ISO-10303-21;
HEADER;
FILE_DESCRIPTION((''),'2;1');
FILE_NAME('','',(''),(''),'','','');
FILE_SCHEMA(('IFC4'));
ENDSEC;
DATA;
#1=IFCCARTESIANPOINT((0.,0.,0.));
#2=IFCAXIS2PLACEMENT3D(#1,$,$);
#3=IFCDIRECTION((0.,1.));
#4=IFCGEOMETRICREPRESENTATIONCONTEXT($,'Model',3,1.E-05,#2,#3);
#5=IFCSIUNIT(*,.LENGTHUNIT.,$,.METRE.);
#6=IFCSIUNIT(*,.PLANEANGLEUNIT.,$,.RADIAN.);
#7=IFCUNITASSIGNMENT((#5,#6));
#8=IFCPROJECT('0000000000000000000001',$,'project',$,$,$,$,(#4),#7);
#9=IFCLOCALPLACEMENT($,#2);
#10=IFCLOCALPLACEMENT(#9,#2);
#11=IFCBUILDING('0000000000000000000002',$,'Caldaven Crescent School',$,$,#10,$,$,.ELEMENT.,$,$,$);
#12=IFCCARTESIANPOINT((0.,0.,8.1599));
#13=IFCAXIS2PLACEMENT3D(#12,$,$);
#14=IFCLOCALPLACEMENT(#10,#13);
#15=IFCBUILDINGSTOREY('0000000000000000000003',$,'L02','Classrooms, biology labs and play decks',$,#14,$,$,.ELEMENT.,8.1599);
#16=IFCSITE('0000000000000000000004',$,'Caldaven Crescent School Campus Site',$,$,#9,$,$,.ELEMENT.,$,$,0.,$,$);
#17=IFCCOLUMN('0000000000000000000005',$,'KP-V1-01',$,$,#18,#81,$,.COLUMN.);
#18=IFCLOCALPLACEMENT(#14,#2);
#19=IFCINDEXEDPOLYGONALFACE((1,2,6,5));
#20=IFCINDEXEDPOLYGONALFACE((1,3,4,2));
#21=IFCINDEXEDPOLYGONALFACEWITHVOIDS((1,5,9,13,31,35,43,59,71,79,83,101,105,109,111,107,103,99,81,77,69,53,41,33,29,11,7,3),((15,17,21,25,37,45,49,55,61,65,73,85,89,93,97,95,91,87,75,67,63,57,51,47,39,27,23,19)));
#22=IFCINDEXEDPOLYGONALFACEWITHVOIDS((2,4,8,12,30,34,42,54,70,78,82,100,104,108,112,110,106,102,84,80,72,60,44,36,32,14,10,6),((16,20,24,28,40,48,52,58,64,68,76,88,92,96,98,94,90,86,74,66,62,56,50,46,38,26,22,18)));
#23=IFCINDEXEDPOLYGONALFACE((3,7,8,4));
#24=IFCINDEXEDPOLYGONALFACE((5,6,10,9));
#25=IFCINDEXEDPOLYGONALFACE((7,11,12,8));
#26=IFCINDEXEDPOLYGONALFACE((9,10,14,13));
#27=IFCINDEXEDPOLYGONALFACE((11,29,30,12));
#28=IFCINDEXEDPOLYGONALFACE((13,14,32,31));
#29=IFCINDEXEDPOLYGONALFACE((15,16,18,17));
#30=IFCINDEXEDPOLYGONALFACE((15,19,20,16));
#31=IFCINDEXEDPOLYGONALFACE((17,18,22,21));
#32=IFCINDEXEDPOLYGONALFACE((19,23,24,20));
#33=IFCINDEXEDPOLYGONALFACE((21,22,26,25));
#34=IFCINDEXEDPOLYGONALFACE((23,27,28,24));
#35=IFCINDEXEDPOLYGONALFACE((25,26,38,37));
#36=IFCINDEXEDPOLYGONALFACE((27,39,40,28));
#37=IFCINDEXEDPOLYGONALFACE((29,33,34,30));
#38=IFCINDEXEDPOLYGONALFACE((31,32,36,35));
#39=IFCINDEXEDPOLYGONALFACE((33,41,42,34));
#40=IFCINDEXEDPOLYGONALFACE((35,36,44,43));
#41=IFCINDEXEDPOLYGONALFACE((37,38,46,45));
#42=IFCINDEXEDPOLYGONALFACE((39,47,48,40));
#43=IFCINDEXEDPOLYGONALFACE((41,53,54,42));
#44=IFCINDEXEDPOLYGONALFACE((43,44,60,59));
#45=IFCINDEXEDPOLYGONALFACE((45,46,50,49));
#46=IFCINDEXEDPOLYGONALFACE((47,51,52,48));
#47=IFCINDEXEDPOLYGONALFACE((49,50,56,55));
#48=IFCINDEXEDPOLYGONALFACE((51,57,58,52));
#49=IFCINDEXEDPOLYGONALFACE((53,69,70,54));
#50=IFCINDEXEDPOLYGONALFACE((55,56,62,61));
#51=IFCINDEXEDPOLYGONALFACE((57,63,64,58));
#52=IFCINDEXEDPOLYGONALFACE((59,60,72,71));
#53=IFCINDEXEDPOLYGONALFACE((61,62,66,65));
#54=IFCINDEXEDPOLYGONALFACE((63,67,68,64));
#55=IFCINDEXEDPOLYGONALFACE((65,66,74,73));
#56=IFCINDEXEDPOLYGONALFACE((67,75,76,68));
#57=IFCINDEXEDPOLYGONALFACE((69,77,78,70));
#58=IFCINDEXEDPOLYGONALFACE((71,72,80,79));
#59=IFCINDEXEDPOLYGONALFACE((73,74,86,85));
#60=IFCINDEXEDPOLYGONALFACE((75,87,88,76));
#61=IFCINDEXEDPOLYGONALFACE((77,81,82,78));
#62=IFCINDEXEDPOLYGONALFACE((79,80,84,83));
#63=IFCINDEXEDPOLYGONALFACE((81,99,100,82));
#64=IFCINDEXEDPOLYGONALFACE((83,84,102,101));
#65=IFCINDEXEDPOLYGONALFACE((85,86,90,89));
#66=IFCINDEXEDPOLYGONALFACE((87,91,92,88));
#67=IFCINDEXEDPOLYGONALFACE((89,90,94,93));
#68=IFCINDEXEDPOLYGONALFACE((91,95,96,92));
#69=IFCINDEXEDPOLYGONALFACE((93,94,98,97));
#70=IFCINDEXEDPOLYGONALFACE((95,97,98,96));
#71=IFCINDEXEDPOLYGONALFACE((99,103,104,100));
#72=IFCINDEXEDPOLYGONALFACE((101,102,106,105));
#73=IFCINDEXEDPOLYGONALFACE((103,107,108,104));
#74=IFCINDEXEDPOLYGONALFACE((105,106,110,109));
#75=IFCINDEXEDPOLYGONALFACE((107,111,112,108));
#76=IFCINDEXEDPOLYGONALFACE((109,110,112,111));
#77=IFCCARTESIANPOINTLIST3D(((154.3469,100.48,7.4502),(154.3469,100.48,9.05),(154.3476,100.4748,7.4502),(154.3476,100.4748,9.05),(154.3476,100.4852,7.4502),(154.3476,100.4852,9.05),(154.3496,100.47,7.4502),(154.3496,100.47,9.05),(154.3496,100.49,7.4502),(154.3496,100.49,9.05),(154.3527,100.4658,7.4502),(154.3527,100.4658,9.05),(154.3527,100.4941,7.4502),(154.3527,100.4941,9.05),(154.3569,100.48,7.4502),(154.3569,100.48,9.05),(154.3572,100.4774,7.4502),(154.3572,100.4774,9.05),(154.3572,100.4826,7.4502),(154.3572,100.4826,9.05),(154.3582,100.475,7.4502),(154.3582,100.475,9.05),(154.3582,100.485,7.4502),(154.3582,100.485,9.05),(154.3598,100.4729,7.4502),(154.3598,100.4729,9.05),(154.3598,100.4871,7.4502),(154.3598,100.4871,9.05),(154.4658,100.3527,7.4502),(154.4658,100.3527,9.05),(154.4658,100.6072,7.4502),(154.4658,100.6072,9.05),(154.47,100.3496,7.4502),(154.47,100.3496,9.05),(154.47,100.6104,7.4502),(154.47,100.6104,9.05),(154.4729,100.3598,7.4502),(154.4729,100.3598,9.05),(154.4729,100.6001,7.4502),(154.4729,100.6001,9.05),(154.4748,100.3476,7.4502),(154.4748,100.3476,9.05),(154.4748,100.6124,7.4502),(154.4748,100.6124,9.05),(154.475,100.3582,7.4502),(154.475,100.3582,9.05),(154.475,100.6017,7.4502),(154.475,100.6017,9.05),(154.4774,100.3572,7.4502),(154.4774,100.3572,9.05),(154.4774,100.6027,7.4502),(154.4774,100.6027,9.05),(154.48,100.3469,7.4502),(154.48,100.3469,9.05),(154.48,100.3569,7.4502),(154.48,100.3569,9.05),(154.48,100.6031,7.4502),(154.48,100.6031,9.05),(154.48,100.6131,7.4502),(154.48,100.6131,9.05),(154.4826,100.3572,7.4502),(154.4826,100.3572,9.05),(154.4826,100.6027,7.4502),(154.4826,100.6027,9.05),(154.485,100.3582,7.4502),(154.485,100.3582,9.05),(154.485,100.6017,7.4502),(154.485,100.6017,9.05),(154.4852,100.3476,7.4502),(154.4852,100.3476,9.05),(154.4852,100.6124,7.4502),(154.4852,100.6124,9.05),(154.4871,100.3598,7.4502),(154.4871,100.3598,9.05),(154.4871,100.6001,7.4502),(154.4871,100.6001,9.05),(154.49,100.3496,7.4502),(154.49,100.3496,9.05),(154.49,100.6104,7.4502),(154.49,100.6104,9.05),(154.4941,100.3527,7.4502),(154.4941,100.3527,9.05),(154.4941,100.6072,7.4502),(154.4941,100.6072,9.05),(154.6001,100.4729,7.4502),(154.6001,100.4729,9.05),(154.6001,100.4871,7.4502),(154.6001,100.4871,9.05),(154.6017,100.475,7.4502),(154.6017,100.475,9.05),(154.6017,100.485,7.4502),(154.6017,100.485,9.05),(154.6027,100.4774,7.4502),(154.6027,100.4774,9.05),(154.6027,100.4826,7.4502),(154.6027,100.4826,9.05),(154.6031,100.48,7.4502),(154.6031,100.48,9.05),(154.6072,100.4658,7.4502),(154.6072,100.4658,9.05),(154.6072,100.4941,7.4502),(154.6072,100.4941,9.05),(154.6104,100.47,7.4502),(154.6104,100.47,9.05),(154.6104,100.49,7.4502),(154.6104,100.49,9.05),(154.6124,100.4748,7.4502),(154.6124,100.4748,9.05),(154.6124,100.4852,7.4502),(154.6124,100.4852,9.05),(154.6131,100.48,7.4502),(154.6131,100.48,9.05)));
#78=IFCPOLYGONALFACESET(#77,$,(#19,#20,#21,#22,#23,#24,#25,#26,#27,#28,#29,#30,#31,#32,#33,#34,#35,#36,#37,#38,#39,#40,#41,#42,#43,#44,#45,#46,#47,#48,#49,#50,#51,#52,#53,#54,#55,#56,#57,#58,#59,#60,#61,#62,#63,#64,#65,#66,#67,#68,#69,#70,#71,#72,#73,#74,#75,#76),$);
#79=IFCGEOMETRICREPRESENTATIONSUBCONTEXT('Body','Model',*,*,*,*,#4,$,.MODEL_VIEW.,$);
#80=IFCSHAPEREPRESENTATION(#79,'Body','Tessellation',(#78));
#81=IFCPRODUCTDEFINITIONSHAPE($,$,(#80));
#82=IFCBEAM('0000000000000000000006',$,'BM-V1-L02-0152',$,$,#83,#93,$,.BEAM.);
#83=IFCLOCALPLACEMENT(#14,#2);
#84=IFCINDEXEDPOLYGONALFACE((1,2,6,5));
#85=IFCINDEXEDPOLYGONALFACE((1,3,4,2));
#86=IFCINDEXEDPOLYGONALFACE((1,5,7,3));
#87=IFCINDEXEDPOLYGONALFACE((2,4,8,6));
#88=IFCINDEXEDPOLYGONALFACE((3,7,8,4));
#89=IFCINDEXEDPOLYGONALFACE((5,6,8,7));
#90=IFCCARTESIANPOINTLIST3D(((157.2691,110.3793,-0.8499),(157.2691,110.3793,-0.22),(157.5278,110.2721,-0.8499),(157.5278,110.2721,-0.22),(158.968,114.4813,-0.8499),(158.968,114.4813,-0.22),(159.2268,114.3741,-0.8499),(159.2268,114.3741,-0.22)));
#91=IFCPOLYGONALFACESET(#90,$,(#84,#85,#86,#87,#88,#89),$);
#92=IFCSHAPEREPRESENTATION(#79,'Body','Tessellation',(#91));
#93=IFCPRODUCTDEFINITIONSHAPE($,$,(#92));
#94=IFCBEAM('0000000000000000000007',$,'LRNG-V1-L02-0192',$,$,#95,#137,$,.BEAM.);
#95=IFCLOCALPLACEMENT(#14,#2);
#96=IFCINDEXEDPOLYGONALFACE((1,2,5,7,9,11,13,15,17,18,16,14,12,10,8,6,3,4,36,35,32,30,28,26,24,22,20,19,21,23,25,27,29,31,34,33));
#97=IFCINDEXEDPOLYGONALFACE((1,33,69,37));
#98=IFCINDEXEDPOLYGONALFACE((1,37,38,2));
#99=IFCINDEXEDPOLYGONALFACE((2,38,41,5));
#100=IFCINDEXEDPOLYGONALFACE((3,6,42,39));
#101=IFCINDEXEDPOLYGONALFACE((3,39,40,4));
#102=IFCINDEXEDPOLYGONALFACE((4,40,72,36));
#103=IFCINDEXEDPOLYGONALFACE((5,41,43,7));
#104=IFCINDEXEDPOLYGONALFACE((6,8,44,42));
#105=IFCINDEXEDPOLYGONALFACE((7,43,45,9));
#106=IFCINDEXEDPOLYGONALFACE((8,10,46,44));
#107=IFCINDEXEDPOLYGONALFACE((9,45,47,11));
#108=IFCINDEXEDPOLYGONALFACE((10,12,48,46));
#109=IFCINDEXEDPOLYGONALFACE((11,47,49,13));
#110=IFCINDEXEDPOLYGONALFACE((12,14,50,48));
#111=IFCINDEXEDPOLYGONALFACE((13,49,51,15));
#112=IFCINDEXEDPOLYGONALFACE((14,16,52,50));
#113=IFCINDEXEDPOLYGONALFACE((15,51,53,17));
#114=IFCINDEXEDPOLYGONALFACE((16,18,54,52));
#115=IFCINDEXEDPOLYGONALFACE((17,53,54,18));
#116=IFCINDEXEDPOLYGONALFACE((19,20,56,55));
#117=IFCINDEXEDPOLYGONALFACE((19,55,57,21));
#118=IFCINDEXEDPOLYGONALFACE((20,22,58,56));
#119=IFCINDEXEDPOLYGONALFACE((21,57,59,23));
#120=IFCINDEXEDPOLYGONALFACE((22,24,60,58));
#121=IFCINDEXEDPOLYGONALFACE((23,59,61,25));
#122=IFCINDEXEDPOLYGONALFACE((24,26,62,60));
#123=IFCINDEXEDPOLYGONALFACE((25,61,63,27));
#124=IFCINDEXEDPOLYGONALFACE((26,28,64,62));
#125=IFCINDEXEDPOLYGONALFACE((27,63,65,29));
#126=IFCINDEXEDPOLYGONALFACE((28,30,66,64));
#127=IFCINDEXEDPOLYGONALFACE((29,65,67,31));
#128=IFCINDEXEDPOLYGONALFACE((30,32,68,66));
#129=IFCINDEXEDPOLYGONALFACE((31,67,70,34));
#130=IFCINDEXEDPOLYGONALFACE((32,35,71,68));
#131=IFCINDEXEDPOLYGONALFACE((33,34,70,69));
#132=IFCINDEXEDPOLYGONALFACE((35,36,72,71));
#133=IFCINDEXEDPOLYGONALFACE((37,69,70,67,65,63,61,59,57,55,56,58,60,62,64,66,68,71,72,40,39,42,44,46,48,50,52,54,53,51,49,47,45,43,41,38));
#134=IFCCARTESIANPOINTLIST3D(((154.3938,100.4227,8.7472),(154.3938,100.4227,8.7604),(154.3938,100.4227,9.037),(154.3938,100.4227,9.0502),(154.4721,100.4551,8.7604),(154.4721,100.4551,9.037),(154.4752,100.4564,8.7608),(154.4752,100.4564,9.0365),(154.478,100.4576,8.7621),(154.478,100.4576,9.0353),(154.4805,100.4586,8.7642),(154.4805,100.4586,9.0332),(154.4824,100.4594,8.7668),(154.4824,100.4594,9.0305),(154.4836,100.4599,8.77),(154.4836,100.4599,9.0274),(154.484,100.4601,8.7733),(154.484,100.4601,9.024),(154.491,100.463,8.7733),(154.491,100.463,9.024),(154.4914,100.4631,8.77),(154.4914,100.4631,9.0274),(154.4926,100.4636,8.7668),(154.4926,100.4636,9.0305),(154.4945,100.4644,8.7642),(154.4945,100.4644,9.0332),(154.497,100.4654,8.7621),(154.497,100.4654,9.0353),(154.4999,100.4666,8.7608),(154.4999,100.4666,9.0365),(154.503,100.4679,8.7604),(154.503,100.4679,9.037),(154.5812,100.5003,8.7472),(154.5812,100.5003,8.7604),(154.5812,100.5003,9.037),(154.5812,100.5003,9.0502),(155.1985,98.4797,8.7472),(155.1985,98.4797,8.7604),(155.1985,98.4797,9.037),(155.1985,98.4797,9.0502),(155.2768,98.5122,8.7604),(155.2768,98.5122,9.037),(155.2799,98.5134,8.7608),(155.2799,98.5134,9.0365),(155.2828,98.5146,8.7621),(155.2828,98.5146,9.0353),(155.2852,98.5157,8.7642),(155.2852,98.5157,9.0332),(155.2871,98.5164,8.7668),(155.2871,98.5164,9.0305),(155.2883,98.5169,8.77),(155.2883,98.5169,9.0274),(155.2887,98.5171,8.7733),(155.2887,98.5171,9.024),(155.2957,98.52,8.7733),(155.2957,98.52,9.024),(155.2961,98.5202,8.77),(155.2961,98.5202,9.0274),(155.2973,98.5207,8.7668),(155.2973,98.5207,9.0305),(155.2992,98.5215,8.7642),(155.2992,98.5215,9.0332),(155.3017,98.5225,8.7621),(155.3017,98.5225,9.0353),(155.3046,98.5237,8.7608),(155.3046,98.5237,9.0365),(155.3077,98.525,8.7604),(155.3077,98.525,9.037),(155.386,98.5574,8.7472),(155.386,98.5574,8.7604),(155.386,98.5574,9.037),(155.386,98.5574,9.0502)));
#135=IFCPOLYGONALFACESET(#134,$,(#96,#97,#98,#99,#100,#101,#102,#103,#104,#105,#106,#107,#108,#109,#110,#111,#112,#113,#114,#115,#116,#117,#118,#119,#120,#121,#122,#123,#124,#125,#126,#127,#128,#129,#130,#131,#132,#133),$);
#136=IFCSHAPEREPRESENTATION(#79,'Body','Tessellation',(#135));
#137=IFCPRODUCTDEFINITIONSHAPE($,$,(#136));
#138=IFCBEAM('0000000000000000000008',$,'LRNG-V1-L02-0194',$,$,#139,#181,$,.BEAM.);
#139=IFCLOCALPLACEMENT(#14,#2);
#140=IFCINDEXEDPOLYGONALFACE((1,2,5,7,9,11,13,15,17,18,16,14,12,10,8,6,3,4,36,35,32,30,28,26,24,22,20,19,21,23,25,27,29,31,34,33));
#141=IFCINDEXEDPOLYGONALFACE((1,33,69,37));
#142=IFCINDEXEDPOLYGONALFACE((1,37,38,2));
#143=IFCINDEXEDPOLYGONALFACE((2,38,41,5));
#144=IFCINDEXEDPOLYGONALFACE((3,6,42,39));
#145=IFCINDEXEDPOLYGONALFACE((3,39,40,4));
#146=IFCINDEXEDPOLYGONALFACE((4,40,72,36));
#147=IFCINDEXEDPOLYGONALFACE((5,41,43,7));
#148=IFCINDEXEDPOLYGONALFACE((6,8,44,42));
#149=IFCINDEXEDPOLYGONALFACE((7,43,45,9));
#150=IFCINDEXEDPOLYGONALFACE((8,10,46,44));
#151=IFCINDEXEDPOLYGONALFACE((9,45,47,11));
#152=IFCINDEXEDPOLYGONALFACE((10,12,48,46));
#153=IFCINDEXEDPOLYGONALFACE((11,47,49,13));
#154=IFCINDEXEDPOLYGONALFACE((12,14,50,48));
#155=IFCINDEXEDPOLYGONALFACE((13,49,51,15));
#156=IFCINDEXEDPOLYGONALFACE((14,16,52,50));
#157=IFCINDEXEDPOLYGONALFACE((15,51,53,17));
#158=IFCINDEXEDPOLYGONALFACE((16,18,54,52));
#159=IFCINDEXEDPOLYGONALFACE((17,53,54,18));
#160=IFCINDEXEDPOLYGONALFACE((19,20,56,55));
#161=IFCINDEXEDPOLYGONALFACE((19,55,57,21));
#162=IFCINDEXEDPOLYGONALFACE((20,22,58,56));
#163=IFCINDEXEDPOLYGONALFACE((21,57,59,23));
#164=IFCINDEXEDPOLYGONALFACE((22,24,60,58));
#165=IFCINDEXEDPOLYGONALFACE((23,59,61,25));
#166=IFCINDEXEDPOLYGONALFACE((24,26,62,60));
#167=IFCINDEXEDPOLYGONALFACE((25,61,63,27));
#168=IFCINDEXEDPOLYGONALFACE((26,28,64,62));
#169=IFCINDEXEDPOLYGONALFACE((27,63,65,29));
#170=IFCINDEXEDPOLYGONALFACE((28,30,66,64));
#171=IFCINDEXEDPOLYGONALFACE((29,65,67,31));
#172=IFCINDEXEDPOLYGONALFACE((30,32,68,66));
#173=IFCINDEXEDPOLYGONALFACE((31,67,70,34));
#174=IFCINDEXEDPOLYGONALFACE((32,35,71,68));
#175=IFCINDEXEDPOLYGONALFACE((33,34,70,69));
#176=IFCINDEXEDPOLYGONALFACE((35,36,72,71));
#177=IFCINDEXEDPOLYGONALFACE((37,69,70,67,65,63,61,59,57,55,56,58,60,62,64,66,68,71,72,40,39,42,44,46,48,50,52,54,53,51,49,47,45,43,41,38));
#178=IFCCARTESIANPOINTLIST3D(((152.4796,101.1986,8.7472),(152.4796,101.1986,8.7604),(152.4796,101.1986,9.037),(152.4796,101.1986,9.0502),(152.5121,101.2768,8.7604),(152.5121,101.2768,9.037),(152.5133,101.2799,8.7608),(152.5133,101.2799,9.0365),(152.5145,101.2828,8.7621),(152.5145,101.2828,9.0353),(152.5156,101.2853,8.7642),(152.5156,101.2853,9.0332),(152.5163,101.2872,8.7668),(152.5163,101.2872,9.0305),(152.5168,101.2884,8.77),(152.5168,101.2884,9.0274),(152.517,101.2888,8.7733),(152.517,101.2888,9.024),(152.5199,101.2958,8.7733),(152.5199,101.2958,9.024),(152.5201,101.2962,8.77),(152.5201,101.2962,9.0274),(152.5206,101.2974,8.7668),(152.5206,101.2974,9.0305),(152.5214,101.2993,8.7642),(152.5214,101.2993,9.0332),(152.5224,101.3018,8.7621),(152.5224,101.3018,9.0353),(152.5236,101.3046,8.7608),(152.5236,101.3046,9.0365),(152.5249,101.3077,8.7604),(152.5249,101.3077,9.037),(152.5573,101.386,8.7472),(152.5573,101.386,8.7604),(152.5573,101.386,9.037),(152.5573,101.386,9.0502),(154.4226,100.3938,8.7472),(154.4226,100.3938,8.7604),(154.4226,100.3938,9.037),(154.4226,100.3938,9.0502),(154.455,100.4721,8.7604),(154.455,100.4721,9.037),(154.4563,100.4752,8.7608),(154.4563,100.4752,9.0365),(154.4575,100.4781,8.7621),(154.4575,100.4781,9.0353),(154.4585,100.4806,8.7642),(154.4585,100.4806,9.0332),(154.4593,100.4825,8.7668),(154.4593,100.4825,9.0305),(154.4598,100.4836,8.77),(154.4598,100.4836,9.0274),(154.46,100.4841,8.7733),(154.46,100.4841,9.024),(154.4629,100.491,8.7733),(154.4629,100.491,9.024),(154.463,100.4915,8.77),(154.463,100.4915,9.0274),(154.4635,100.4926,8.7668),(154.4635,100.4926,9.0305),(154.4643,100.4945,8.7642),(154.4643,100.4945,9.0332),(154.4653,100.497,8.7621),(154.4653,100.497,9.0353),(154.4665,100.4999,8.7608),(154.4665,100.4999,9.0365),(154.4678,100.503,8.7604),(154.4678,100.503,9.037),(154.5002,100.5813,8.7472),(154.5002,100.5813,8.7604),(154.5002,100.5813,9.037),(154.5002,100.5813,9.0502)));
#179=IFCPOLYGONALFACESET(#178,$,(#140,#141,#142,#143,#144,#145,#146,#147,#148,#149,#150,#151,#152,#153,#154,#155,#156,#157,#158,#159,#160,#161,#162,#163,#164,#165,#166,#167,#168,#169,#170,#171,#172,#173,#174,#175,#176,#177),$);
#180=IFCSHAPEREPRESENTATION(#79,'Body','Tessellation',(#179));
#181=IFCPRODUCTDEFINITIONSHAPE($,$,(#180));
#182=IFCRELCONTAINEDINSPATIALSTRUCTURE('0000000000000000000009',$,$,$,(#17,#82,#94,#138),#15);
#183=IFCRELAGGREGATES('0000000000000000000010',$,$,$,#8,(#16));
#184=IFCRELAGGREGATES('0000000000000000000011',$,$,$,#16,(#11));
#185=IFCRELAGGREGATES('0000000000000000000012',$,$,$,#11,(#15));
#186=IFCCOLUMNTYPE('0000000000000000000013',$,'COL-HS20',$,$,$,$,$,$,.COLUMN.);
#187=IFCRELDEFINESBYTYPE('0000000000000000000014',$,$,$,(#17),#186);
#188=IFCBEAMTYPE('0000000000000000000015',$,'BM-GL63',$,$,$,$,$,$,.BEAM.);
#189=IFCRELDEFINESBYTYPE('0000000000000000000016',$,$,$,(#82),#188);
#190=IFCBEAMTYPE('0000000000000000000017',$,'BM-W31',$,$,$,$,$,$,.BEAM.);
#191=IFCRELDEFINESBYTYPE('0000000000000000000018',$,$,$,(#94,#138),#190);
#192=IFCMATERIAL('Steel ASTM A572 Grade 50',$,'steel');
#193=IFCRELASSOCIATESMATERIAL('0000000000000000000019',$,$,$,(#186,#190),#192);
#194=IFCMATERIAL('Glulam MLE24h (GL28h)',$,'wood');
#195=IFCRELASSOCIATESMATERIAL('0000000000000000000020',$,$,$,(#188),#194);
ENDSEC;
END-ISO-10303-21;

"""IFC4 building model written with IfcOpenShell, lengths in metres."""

from ifc_helpers import new_model, si_unit, direction, frame, origin, origin_2d, place, context, subcontext, project, spatial, rectangle, hollow_rectangle, i_section, extrude, material, material_profile, profile_set, type_object, element, save


model = new_model("IFC4")

# Units and contexts
model_context = context("Model", 3, precision=1e-05, world=origin(), true_north=direction((0.0, 1.0)))
body_context = subcontext(model_context, "Body", "Model", "MODEL_VIEW")
ifc_project = project(units=[si_unit("LENGTHUNIT", "METRE"), si_unit("PLANEANGLEUNIT", "RADIAN")], contexts=[model_context])

# Site, building, storey
site_placement = place(None, origin())
site = spatial("IfcSite", under=ifc_project, at=site_placement, Name="Caldaven Crescent School Campus Site", CompositionType="ELEMENT", RefElevation=0.0)
building_placement = place(site_placement, origin())
building = spatial("IfcBuilding", under=site, at=building_placement, Name="Caldaven Crescent School", CompositionType="ELEMENT")
storey_placement = place(building_placement, frame((0.0, 0.0, 8.1599)))
storey = spatial("IfcBuildingStorey", under=building, at=storey_placement, Name="L02", Description="Classrooms, biology labs and play decks", CompositionType="ELEMENT", Elevation=8.1599)

# Column
ifc_material_1 = material(Name="Steel ASTM A572 Grade 50", Category="steel")
ifc_material_profile_1 = material_profile(ifc_material_1, hollow_rectangle(XDim=0.2, YDim=0.2, WallThickness=0.01, InnerFilletRadius=0.01, OuterFilletRadius=0.02, at=origin_2d()), Name="HSS 200x200x10")
ifc_profile_set_1 = profile_set([ifc_material_profile_1], Name="Steel ASTM A572 Grade 50")
column_type = type_object("IfcColumnType", Name="COL-HS20", PredefinedType="COLUMN", material=ifc_profile_set_1)
column_placement = place(storey_placement, frame((154.48, 100.48, 7.4502), z_axis=(0.0, 0.0, 1.0), x_axis=(0.707107, 0.707107, 0.0)))
element("IfcColumn", 1, at=column_placement, inside=storey, type_object=column_type, Name="KP-V1-01", PredefinedType="COLUMN", context=body_context, shape_type="SweptSolid", body=[
    extrude(hollow_rectangle(XDim=0.2, YDim=0.2, WallThickness=0.01, InnerFilletRadius=0.01, OuterFilletRadius=0.02, at=origin_2d()), origin(), (0.0, 0.0, 1.0), 1.5999),
])

# Beams
ifc_material_2 = material(Name="Glulam MLE24h (GL28h)", Category="wood")
ifc_material_profile_2 = material_profile(ifc_material_2, rectangle(XDim=0.28, YDim=0.6299, at=origin_2d()), Name="MLE 280x630")
ifc_profile_set_2 = profile_set([ifc_material_profile_2], Name="Glulam MLE24h (GL28h)")
beam_type_1 = type_object("IfcBeamType", Name="BM-GL63", PredefinedType="BEAM", material=ifc_profile_set_2)
beam_1_placement = place(storey_placement, frame((157.3984, 110.3257, -0.5349), z_axis=(0.382655, 0.923892, 0.0), x_axis=(-0.923892, 0.382655, 0.0)))
element("IfcBeam", 2, at=beam_1_placement, inside=storey, type_object=beam_type_1, Name="BM-V1-L02-0152", PredefinedType="BEAM", context=body_context, shape_type="SweptSolid", body=[
    extrude(rectangle(XDim=0.28, YDim=0.6299, at=origin_2d()), origin(), (0.0, 0.0, 1.0), 4.4399),
])
ifc_material_profile_3 = material_profile(ifc_material_1, i_section(OverallWidth=0.2029, OverallDepth=0.303, WebThickness=0.0076, FlangeThickness=0.0132, FilletRadius=0.0129, at=origin_2d()), Name="W310x60")
ifc_profile_set_3 = profile_set([ifc_material_profile_3], Name="Steel ASTM A572 Grade 50")
beam_type_2 = type_object("IfcBeamType", Name="BM-W31", PredefinedType="BEAM", material=ifc_profile_set_3)
for number, where, z_axis, x_axis, name in (
    (3, (155.2922, 98.5186, 8.8987), (-0.382653, 0.923892, 0.0), (-0.923892, -0.382653, 0.0), "LRNG-V1-L02-0192"),
    (4, (154.4614, 100.4875, 8.8987), (-0.923892, 0.382653, 0.0), (-0.382653, -0.923892, 0.0), "LRNG-V1-L02-0194"),
):
    element("IfcBeam", number, at=place(storey_placement, frame(where, z_axis=z_axis, x_axis=x_axis)), inside=storey, type_object=beam_type_2, Name=name, PredefinedType="BEAM", context=body_context, shape_type="SweptSolid", body=[
        extrude(i_section(OverallWidth=0.2029, OverallDepth=0.303, WebThickness=0.0076, FlangeThickness=0.0132, FilletRadius=0.0129, at=origin_2d()), origin(), (0.0, 0.0, 1.0), 2.103),
    ])

save(model, "model.ifc")
